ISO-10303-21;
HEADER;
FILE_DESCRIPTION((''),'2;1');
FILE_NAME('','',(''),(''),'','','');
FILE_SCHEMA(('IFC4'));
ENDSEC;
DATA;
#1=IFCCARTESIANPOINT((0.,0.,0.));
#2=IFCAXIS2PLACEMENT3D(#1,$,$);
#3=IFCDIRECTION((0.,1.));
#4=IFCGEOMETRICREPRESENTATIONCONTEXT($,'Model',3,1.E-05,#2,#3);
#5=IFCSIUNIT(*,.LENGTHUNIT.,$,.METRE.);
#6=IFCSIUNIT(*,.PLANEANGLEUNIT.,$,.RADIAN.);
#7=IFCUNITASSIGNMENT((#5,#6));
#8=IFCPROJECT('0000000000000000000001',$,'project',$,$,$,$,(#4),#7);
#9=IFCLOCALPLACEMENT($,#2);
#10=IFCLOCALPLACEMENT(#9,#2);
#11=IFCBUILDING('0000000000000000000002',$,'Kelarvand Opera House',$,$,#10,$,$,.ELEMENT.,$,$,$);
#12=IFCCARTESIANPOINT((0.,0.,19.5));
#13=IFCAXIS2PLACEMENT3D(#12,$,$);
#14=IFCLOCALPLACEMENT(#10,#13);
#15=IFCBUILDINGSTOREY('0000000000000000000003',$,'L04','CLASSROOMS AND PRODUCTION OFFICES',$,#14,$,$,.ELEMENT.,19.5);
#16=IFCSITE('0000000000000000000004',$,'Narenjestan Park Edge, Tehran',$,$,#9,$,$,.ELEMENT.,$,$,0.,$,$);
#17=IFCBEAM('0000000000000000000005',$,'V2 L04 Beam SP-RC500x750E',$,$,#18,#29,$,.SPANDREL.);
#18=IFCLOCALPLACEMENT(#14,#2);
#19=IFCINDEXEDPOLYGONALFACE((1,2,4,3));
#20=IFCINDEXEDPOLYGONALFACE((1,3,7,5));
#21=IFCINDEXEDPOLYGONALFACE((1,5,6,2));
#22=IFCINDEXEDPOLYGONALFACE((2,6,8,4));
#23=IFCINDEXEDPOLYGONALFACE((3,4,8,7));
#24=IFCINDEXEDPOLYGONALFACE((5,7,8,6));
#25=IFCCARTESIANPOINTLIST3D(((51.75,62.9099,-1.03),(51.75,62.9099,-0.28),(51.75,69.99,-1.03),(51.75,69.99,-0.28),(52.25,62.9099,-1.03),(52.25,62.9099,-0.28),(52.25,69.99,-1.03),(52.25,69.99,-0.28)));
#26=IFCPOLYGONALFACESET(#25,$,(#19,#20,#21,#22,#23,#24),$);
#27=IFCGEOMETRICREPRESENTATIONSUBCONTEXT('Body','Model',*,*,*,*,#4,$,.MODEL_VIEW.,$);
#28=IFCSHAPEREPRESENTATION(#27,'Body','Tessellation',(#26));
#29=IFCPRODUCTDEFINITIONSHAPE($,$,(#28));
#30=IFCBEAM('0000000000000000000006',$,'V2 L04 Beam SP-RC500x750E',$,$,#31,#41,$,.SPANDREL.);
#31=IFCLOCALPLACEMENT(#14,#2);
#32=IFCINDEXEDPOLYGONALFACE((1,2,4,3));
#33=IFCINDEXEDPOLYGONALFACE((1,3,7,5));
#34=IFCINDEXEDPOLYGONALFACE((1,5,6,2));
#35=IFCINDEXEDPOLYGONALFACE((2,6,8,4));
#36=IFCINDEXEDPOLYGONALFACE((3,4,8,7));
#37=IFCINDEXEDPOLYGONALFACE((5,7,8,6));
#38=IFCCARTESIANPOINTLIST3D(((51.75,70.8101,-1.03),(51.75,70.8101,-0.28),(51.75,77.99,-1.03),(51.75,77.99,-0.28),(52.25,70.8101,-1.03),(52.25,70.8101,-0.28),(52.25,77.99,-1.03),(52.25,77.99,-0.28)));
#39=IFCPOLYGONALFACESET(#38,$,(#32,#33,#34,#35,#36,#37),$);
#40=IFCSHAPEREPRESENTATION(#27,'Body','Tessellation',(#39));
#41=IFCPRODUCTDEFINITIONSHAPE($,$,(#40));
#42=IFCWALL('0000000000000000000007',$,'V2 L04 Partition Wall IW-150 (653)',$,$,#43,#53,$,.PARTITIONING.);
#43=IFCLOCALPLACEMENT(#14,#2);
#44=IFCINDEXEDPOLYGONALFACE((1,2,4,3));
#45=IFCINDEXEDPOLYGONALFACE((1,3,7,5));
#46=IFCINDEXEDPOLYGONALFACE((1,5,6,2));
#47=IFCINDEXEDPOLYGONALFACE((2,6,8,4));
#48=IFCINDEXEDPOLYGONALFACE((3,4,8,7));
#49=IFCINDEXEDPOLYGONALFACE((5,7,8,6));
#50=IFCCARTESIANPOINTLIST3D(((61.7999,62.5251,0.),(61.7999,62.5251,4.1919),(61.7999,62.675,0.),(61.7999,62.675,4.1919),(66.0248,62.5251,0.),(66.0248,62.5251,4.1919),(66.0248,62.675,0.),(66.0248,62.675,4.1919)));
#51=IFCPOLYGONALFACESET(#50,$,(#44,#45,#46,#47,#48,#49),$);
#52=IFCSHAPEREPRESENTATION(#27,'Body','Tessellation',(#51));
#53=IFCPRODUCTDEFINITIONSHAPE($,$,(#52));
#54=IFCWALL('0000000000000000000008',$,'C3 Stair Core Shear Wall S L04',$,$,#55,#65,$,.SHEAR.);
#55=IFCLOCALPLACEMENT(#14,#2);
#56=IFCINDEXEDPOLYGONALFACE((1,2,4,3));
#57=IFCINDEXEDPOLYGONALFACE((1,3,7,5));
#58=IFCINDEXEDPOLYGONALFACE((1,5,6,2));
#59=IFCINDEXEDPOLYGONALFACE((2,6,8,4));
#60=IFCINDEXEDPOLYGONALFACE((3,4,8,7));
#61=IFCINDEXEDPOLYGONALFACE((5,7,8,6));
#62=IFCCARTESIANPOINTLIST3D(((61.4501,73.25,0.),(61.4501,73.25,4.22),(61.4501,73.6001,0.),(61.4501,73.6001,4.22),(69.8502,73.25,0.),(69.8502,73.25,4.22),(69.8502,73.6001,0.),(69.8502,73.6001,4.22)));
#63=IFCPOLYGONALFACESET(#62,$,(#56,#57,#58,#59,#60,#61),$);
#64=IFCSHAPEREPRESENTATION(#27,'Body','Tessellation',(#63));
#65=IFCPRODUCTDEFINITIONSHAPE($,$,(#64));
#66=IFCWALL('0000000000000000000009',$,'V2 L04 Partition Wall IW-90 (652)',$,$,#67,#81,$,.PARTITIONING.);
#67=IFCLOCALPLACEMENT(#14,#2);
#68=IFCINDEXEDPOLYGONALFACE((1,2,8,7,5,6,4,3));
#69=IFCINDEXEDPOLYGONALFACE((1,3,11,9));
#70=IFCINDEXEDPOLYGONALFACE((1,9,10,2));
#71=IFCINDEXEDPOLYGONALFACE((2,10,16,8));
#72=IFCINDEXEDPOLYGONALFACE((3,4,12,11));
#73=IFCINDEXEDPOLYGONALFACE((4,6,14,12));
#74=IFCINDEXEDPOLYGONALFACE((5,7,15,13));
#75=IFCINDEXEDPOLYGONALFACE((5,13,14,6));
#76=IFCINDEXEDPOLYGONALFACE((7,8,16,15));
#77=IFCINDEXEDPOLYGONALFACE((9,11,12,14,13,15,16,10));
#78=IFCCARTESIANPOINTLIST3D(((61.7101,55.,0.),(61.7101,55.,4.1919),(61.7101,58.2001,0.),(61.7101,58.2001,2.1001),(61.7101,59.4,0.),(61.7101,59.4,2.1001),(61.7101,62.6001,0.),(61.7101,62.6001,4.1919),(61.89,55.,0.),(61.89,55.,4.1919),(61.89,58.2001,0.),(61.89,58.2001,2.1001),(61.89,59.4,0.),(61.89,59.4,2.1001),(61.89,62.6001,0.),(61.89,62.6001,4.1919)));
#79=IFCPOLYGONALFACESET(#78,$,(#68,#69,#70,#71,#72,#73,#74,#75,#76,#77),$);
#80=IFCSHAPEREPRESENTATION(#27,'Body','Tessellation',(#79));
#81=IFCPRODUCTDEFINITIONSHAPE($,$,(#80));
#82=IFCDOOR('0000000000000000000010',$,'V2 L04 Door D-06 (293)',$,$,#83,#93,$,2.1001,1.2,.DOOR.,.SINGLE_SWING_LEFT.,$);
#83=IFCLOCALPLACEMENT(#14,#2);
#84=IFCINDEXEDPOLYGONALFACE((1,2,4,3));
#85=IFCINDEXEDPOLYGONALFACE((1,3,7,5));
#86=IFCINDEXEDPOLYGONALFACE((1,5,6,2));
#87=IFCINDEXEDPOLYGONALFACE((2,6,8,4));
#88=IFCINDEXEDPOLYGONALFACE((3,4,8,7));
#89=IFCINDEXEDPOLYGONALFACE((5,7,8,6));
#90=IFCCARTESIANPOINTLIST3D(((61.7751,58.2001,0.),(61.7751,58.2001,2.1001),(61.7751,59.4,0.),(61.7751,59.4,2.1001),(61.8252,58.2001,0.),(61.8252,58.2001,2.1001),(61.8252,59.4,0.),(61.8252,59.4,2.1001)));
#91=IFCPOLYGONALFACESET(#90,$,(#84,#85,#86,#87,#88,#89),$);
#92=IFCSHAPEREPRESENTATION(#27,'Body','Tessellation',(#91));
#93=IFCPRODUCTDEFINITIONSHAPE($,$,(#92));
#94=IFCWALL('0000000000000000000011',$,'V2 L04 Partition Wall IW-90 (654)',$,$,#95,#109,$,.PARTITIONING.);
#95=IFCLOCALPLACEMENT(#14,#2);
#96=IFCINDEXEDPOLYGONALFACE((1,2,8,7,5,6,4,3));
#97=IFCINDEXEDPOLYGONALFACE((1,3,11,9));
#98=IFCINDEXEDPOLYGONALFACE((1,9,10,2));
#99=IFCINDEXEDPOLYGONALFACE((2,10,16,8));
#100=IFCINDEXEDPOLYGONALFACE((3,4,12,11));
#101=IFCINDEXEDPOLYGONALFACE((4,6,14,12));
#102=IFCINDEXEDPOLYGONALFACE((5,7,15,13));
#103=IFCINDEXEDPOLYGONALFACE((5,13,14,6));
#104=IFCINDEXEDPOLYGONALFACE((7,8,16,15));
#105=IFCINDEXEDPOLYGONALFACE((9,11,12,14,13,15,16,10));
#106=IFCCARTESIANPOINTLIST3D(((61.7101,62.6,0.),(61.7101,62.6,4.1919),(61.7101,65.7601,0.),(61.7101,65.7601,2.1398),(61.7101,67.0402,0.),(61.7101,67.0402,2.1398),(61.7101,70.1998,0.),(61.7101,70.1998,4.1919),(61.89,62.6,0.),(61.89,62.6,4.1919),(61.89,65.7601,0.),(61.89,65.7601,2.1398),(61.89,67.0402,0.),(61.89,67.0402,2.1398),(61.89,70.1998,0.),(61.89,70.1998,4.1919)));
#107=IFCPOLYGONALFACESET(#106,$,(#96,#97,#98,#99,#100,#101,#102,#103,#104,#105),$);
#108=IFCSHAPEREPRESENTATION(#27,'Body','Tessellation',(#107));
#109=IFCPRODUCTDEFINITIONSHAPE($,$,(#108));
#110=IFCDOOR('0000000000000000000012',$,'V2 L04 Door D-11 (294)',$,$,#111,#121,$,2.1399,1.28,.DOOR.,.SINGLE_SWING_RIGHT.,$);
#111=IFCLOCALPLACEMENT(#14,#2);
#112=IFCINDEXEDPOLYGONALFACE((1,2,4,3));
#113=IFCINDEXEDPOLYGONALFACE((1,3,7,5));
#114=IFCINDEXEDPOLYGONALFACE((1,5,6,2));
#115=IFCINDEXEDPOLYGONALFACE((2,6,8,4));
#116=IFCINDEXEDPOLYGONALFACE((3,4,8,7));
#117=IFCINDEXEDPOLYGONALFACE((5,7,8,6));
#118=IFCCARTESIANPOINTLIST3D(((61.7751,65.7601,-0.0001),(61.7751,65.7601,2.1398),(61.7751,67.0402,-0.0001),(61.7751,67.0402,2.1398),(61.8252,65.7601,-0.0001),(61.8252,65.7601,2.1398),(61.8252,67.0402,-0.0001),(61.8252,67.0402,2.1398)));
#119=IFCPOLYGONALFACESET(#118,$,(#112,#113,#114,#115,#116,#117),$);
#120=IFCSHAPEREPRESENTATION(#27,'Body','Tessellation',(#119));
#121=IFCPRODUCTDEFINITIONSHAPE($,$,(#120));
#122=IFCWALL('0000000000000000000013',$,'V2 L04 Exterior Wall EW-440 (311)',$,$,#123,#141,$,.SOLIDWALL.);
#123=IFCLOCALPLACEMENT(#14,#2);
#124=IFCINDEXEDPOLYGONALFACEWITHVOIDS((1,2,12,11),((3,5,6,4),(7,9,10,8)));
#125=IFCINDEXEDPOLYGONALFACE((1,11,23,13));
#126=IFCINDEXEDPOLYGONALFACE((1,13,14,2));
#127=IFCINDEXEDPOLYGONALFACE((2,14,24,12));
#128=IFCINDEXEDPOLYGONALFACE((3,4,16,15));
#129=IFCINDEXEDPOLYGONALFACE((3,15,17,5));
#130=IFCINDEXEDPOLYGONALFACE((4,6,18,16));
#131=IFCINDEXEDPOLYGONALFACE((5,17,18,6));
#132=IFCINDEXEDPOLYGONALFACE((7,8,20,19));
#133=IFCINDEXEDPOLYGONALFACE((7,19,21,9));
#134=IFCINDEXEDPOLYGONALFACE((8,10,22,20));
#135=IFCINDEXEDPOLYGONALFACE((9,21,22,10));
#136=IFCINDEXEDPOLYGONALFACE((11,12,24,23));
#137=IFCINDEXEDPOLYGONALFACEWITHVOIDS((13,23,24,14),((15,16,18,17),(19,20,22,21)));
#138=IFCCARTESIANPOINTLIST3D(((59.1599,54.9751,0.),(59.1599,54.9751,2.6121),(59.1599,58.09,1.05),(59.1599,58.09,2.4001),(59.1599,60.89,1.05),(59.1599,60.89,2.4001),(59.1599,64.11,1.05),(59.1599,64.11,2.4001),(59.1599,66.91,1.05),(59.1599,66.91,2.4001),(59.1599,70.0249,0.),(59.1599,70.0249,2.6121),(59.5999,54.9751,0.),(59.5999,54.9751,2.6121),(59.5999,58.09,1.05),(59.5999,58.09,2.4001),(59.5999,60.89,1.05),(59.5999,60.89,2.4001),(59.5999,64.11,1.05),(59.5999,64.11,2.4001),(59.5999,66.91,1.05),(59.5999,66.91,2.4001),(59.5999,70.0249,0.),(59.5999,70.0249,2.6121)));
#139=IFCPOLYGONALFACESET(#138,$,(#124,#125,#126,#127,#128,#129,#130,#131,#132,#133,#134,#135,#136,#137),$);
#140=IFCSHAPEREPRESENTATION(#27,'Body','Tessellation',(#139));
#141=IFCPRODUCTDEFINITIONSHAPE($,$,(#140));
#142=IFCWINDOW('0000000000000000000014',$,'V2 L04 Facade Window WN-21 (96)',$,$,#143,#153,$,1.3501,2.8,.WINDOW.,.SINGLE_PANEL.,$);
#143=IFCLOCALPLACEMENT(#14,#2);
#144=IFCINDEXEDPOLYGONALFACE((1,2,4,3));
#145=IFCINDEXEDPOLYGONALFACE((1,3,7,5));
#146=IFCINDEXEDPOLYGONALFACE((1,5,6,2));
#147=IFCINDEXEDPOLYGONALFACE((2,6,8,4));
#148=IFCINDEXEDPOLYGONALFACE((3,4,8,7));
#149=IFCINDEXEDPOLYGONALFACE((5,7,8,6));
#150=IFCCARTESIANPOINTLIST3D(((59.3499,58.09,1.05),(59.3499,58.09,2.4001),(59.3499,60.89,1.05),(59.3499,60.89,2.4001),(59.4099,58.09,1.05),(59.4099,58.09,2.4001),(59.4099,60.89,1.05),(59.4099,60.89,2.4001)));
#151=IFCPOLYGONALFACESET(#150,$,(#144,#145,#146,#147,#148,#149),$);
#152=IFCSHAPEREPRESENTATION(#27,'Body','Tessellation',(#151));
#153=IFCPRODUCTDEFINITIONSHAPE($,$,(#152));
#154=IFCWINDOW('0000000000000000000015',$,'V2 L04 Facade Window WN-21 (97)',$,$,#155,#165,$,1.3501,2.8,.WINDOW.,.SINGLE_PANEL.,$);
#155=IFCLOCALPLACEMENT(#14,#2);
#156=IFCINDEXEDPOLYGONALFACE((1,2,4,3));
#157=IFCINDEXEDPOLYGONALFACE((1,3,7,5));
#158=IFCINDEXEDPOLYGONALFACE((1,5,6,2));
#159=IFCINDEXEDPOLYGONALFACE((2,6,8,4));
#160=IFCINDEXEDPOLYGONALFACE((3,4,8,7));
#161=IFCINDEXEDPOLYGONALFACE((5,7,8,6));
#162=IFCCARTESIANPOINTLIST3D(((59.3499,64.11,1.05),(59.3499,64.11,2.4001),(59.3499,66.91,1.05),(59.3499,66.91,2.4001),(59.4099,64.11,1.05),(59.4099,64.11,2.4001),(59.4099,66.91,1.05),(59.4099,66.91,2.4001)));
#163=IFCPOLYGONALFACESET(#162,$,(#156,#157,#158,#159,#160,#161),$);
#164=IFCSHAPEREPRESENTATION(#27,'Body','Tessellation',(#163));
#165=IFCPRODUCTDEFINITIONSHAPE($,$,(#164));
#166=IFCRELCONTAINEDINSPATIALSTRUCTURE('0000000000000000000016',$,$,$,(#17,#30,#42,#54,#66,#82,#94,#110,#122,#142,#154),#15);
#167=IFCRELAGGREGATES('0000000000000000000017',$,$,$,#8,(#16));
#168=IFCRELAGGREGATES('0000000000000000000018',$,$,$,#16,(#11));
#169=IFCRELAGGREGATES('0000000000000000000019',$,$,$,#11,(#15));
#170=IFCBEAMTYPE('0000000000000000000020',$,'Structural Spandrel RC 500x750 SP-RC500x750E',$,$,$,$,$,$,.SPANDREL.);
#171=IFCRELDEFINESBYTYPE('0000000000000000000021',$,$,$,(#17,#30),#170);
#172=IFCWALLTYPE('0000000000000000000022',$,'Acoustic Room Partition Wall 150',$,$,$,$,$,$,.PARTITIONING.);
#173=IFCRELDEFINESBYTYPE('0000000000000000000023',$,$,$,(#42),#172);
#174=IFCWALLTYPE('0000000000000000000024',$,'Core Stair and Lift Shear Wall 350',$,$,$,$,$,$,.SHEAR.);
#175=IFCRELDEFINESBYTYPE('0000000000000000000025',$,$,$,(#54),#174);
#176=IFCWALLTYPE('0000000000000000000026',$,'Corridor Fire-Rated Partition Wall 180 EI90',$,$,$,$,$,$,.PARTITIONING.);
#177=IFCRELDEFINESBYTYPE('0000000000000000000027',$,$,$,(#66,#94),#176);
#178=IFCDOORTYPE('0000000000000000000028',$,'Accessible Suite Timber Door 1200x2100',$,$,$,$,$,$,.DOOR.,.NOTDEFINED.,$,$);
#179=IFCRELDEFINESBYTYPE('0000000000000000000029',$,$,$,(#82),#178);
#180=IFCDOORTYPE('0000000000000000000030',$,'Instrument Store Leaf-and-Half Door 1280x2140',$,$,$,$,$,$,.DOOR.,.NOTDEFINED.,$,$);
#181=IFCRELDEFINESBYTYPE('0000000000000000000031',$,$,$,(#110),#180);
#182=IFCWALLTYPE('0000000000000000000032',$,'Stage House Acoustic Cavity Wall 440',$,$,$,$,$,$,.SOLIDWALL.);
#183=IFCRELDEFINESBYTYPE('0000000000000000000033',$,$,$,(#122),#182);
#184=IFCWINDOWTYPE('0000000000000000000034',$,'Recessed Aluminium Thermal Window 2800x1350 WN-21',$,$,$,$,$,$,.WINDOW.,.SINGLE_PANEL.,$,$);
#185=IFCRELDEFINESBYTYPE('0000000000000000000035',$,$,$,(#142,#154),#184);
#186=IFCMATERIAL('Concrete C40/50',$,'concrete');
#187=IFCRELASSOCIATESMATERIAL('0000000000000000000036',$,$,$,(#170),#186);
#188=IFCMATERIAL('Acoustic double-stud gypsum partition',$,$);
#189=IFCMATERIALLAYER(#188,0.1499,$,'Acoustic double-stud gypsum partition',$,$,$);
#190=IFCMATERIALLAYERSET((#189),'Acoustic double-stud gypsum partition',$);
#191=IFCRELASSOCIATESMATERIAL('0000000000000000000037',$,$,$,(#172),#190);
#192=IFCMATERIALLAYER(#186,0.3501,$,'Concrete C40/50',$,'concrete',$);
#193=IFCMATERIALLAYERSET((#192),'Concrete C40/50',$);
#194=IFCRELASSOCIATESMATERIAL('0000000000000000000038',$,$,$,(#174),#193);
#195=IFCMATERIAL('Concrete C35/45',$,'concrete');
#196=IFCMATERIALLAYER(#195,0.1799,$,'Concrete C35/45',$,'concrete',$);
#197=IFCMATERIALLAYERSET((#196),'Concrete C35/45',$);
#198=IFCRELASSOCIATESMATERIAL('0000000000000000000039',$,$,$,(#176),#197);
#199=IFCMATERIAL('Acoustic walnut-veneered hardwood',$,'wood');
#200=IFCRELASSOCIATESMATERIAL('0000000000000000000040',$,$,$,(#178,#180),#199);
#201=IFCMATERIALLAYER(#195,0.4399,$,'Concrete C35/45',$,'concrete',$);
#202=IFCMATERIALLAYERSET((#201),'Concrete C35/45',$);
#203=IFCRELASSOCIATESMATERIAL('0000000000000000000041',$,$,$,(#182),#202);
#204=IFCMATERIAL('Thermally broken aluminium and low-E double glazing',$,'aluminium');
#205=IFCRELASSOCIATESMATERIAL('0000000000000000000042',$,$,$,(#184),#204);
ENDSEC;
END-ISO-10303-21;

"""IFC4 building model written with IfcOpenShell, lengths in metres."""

from ifc_helpers import new_model, si_unit, direction, frame, frame_2d, origin, origin_2d, place, context, subcontext, project, spatial, rectangle, extrude, material, layer, layer_set, material_profile, profile_set, type_object, element, fill, save


model = new_model("IFC4")

# Units and contexts
model_context = context("Model", 3, precision=1e-05, world=origin(), true_north=direction((0.0, 1.0)))
body_context = subcontext(model_context, "Body", "Model", "MODEL_VIEW")
ifc_project = project(units=[si_unit("LENGTHUNIT", "METRE"), si_unit("PLANEANGLEUNIT", "RADIAN")], contexts=[model_context])

# Site, building, storey
site_placement = place(None, origin())
site = spatial("IfcSite", under=ifc_project, at=site_placement, Name="Narenjestan Park Edge, Tehran", CompositionType="ELEMENT", RefElevation=0.0)
building_placement = place(site_placement, origin())
building = spatial("IfcBuilding", under=site, at=building_placement, Name="Kelarvand Opera House", CompositionType="ELEMENT")
storey_placement = place(building_placement, frame((0.0, 0.0, 19.5)))
storey = spatial("IfcBuildingStorey", under=building, at=storey_placement, Name="L04", Description="CLASSROOMS AND PRODUCTION OFFICES", CompositionType="ELEMENT", Elevation=19.5)

# Shared definitions
ifc_material_1 = material(Name="Concrete C40/50", Category="concrete")

# Beams
ifc_material_2 = material(Name="Concrete C35/45", Category="concrete")
ifc_material_profile_1 = material_profile(ifc_material_1, rectangle(XDim=0.5, YDim=0.75, at=origin_2d()), Name="RC 500x750", Category="concrete")
ifc_profile_set_1 = profile_set([ifc_material_profile_1], Name="Concrete C40/50")
beam_type_1 = type_object("IfcBeamType", Name="Structural Spandrel RC 500x750 SP-RC500x750E", PredefinedType="SPANDREL", material=ifc_profile_set_1)
for number, where, z_axis, x_axis, name in (
    (1, (52.0, 62.9099, -0.655), (0.0, 1.0, 0.0), (-1.0, 0.0, 0.0), "V2 L04 Beam SP-RC500x750E"),
):
    element("IfcBeam", number, at=place(storey_placement, frame(where, z_axis=z_axis, x_axis=x_axis)), inside=storey, type_object=beam_type_1, Name=name, PredefinedType="SPANDREL", context=body_context, shape_type="SweptSolid", body=[
        extrude(rectangle(XDim=0.5, YDim=0.75, at=origin_2d()), origin(), (0.0, 0.0, 1.0), 7.0801),
    ])
beam_1_placement = place(storey_placement, frame((52.0, 70.8101, -0.655), z_axis=(0.0, 1.0, 0.0), x_axis=(-1.0, 0.0, 0.0)))
element("IfcBeam", 2, at=beam_1_placement, inside=storey, type_object=beam_type_1, Name="V2 L04 Beam SP-RC500x750E", PredefinedType="SPANDREL", context=body_context, shape_type="SweptSolid", body=[
    extrude(rectangle(XDim=0.5, YDim=0.75, at=origin_2d()), origin(), (0.0, 0.0, 1.0), 7.1799),
])

# Walls
ifc_material_3 = material(Name="Acoustic double-stud gypsum partition")
ifc_layer_1 = layer(ifc_material_3, 0.1499, Name="Acoustic double-stud gypsum partition")
ifc_layer_set_1 = layer_set([ifc_layer_1], Name="Acoustic double-stud gypsum partition")
wall_type_1 = type_object("IfcWallType", Name="Acoustic Room Partition Wall 150", PredefinedType="PARTITIONING", material=ifc_layer_set_1)
wall_1_placement = place(storey_placement, frame((61.8, 62.6001, 0.0), z_axis=(0.0, 0.0, 1.0), x_axis=(1.0, 0.0, 0.0)))
element("IfcWall", 3, at=wall_1_placement, inside=storey, type_object=wall_type_1, Name="V2 L04 Partition Wall IW-150 (653)", PredefinedType="PARTITIONING", context=body_context, shape_type="SweptSolid", body=[
    extrude(rectangle(XDim=4.2249, YDim=0.1499, at=frame_2d((2.1123, 0.0))), origin(), (0.0, 0.0, 1.0), 4.1919),
])
ifc_layer_2 = layer(ifc_material_1, 0.3501, Name="Concrete C40/50", Category="concrete")
ifc_layer_set_2 = layer_set([ifc_layer_2], Name="Concrete C40/50")
wall_type_2 = type_object("IfcWallType", Name="Core Stair and Lift Shear Wall 350", PredefinedType="SHEAR", material=ifc_layer_set_2)
wall_2_placement = place(storey_placement, frame((61.45, 73.425, 0.0), z_axis=(0.0, 0.0, 1.0), x_axis=(1.0, 0.0, 0.0)))
element("IfcWall", 4, at=wall_2_placement, inside=storey, type_object=wall_type_2, Name="C3 Stair Core Shear Wall S L04", PredefinedType="SHEAR", context=body_context, shape_type="SweptSolid", body=[
    extrude(rectangle(XDim=8.4001, YDim=0.3501, at=frame_2d((4.2002, 0.0))), origin(), (0.0, 0.0, 1.0), 4.22),
])

# Walls, openings, doors
ifc_layer_3 = layer(ifc_material_2, 0.1799, Name="Concrete C35/45", Category="concrete")
ifc_layer_set_3 = layer_set([ifc_layer_3], Name="Concrete C35/45")
wall_type_3 = type_object("IfcWallType", Name="Corridor Fire-Rated Partition Wall 180 EI90", PredefinedType="PARTITIONING", material=ifc_layer_set_3)
wall_3_placement = place(storey_placement, frame((61.8, 55.0, 0.0), z_axis=(0.0, 0.0, 1.0), x_axis=(0.0, 1.0, 0.0)))
wall_3 = element("IfcWall", 5, at=wall_3_placement, inside=storey, type_object=wall_type_3, Name="V2 L04 Partition Wall IW-90 (652)", PredefinedType="PARTITIONING", context=body_context, shape_type="SweptSolid", body=[
    extrude(rectangle(XDim=7.6001, YDim=0.1799, at=frame_2d((3.8, 0.0))), origin(), (0.0, 0.0, 1.0), 4.1919),
])
opening_1_placement = place(wall_3_placement, frame((3.2, 0.0, 0.0)))
opening_1 = element("IfcOpeningElement", 6, at=opening_1_placement, cuts=wall_3, PredefinedType="OPENING", context=body_context, shape_type="SweptSolid", body=[
    extrude(rectangle(XDim=1.2, YDim=2.1001, at=frame_2d((0.6001, 1.05))), frame((0.0, 0.1001, 0.0), z_axis=(0.0, -1.0, 0.0), x_axis=(1.0, 0.0, 0.0)), (0.0, 0.0, 1.0), 0.2),
])
ifc_material_4 = material(Name="Acoustic walnut-veneered hardwood", Category="wood")
door_type_1 = type_object("IfcDoorType", Name="Accessible Suite Timber Door 1200x2100", OperationType="NOTDEFINED", PredefinedType="DOOR", material=ifc_material_4)
door_1_placement = place(opening_1_placement, origin())
door_1 = element("IfcDoor", 7, at=door_1_placement, inside=storey, type_object=door_type_1, Name="V2 L04 Door D-06 (293)", OperationType="SINGLE_SWING_LEFT", OverallHeight=2.1001, OverallWidth=1.2, PredefinedType="DOOR", context=body_context, shape_type="SweptSolid", body=[
    extrude(rectangle(XDim=1.2, YDim=2.1001, at=frame_2d((0.6001, 1.05))), frame((0.0, 0.0249, 0.0), z_axis=(0.0, -1.0, 0.0), x_axis=(1.0, 0.0, 0.0)), (0.0, 0.0, 1.0), 0.05),
])
fill(opening_1, door_1)
wall_4_placement = place(storey_placement, frame((61.8, 62.6001, 0.0), z_axis=(0.0, 0.0, 1.0), x_axis=(0.0, 1.0, 0.0)))
wall_4 = element("IfcWall", 8, at=wall_4_placement, inside=storey, type_object=wall_type_3, Name="V2 L04 Partition Wall IW-90 (654)", PredefinedType="PARTITIONING", context=body_context, shape_type="SweptSolid", body=[
    extrude(rectangle(XDim=7.5999, YDim=0.1799, at=frame_2d((3.7998, 0.0))), origin(), (0.0, 0.0, 1.0), 4.1919),
])
opening_2_placement = place(wall_4_placement, frame((3.1599, 0.0, 0.0)))
opening_2 = element("IfcOpeningElement", 9, at=opening_2_placement, cuts=wall_4, PredefinedType="OPENING", context=body_context, shape_type="SweptSolid", body=[
    extrude(rectangle(XDim=1.28, YDim=2.1399, at=frame_2d((0.6401, 1.0698))), frame((0.0, 0.1001, 0.0), z_axis=(0.0, -1.0, 0.0), x_axis=(1.0, 0.0, 0.0)), (0.0, 0.0, 1.0), 0.2),
])
door_type_2 = type_object("IfcDoorType", Name="Instrument Store Leaf-and-Half Door 1280x2140", OperationType="NOTDEFINED", PredefinedType="DOOR", material=ifc_material_4)
door_2_placement = place(opening_2_placement, origin())
door_2 = element("IfcDoor", 10, at=door_2_placement, inside=storey, type_object=door_type_2, Name="V2 L04 Door D-11 (294)", OperationType="SINGLE_SWING_RIGHT", OverallHeight=2.1399, OverallWidth=1.28, PredefinedType="DOOR", context=body_context, shape_type="SweptSolid", body=[
    extrude(rectangle(XDim=1.28, YDim=2.1399, at=frame_2d((0.6401, 1.0698))), frame((0.0, 0.0249, 0.0), z_axis=(0.0, -1.0, 0.0), x_axis=(1.0, 0.0, 0.0)), (0.0, 0.0, 1.0), 0.05),
])
fill(opening_2, door_2)

# Wall, openings, windows
ifc_layer_4 = layer(ifc_material_2, 0.4399, Name="Concrete C35/45", Category="concrete")
ifc_layer_set_4 = layer_set([ifc_layer_4], Name="Concrete C35/45")
wall_type_4 = type_object("IfcWallType", Name="Stage House Acoustic Cavity Wall 440", PredefinedType="SOLIDWALL", material=ifc_layer_set_4)
wall_5_placement = place(storey_placement, frame((59.3799, 54.9751, 0.0), z_axis=(0.0, 0.0, 1.0), x_axis=(0.0, 1.0, 0.0)))
wall_5 = element("IfcWall", 11, at=wall_5_placement, inside=storey, type_object=wall_type_4, Name="V2 L04 Exterior Wall EW-440 (311)", PredefinedType="SOLIDWALL", context=body_context, shape_type="SweptSolid", body=[
    extrude(rectangle(XDim=15.0498, YDim=0.4399, at=frame_2d((7.5249, 0.0))), origin(), (0.0, 0.0, 1.0), 2.6121),
])
opening_3_placement = place(wall_5_placement, frame((3.115, 0.0, 1.05)))
opening_3 = element("IfcOpeningElement", 12, at=opening_3_placement, cuts=wall_5, PredefinedType="OPENING", context=body_context, shape_type="SweptSolid", body=[
    extrude(rectangle(XDim=2.8, YDim=1.3501, at=frame_2d((1.3999, 0.675))), frame((0.0, 0.23, 0.0), z_axis=(0.0, -1.0, 0.0), x_axis=(1.0, 0.0, 0.0)), (0.0, 0.0, 1.0), 0.46),
])
opening_4_placement = place(wall_5_placement, frame((9.135, 0.0, 1.05)))
opening_4 = element("IfcOpeningElement", 13, at=opening_4_placement, cuts=wall_5, PredefinedType="OPENING", context=body_context, shape_type="SweptSolid", body=[
    extrude(rectangle(XDim=2.8, YDim=1.3501, at=frame_2d((1.3999, 0.675))), frame((0.0, 0.23, 0.0), z_axis=(0.0, -1.0, 0.0), x_axis=(1.0, 0.0, 0.0)), (0.0, 0.0, 1.0), 0.46),
])
ifc_material_5 = material(Name="Thermally broken aluminium and low-E double glazing", Category="aluminium")
window_type = type_object("IfcWindowType", Name="Recessed Aluminium Thermal Window 2800x1350 WN-21", PartitioningType="SINGLE_PANEL", PredefinedType="WINDOW", material=ifc_material_5)
window_1_placement = place(opening_3_placement, origin())
window_1 = element("IfcWindow", 14, at=window_1_placement, inside=storey, type_object=window_type, Name="V2 L04 Facade Window WN-21 (96)", OverallHeight=1.3501, OverallWidth=2.8, PartitioningType="SINGLE_PANEL", PredefinedType="WINDOW", context=body_context, shape_type="SweptSolid", body=[
    extrude(rectangle(XDim=2.8, YDim=1.3501, at=frame_2d((1.3999, 0.675))), frame((0.0, 0.03, 0.0), z_axis=(0.0, -1.0, 0.0), x_axis=(1.0, 0.0, 0.0)), (0.0, 0.0, 1.0), 0.0601),
])
fill(opening_3, window_1)
window_2_placement = place(opening_4_placement, origin())
window_2 = element("IfcWindow", 15, at=window_2_placement, inside=storey, type_object=window_type, Name="V2 L04 Facade Window WN-21 (97)", OverallHeight=1.3501, OverallWidth=2.8, PartitioningType="SINGLE_PANEL", PredefinedType="WINDOW", context=body_context, shape_type="SweptSolid", body=[
    extrude(rectangle(XDim=2.8, YDim=1.3501, at=frame_2d((1.3999, 0.675))), frame((0.0, 0.03, 0.0), z_axis=(0.0, -1.0, 0.0), x_axis=(1.0, 0.0, 0.0)), (0.0, 0.0, 1.0), 0.0601),
])
fill(opening_4, window_2)

save(model, "model.ifc")
